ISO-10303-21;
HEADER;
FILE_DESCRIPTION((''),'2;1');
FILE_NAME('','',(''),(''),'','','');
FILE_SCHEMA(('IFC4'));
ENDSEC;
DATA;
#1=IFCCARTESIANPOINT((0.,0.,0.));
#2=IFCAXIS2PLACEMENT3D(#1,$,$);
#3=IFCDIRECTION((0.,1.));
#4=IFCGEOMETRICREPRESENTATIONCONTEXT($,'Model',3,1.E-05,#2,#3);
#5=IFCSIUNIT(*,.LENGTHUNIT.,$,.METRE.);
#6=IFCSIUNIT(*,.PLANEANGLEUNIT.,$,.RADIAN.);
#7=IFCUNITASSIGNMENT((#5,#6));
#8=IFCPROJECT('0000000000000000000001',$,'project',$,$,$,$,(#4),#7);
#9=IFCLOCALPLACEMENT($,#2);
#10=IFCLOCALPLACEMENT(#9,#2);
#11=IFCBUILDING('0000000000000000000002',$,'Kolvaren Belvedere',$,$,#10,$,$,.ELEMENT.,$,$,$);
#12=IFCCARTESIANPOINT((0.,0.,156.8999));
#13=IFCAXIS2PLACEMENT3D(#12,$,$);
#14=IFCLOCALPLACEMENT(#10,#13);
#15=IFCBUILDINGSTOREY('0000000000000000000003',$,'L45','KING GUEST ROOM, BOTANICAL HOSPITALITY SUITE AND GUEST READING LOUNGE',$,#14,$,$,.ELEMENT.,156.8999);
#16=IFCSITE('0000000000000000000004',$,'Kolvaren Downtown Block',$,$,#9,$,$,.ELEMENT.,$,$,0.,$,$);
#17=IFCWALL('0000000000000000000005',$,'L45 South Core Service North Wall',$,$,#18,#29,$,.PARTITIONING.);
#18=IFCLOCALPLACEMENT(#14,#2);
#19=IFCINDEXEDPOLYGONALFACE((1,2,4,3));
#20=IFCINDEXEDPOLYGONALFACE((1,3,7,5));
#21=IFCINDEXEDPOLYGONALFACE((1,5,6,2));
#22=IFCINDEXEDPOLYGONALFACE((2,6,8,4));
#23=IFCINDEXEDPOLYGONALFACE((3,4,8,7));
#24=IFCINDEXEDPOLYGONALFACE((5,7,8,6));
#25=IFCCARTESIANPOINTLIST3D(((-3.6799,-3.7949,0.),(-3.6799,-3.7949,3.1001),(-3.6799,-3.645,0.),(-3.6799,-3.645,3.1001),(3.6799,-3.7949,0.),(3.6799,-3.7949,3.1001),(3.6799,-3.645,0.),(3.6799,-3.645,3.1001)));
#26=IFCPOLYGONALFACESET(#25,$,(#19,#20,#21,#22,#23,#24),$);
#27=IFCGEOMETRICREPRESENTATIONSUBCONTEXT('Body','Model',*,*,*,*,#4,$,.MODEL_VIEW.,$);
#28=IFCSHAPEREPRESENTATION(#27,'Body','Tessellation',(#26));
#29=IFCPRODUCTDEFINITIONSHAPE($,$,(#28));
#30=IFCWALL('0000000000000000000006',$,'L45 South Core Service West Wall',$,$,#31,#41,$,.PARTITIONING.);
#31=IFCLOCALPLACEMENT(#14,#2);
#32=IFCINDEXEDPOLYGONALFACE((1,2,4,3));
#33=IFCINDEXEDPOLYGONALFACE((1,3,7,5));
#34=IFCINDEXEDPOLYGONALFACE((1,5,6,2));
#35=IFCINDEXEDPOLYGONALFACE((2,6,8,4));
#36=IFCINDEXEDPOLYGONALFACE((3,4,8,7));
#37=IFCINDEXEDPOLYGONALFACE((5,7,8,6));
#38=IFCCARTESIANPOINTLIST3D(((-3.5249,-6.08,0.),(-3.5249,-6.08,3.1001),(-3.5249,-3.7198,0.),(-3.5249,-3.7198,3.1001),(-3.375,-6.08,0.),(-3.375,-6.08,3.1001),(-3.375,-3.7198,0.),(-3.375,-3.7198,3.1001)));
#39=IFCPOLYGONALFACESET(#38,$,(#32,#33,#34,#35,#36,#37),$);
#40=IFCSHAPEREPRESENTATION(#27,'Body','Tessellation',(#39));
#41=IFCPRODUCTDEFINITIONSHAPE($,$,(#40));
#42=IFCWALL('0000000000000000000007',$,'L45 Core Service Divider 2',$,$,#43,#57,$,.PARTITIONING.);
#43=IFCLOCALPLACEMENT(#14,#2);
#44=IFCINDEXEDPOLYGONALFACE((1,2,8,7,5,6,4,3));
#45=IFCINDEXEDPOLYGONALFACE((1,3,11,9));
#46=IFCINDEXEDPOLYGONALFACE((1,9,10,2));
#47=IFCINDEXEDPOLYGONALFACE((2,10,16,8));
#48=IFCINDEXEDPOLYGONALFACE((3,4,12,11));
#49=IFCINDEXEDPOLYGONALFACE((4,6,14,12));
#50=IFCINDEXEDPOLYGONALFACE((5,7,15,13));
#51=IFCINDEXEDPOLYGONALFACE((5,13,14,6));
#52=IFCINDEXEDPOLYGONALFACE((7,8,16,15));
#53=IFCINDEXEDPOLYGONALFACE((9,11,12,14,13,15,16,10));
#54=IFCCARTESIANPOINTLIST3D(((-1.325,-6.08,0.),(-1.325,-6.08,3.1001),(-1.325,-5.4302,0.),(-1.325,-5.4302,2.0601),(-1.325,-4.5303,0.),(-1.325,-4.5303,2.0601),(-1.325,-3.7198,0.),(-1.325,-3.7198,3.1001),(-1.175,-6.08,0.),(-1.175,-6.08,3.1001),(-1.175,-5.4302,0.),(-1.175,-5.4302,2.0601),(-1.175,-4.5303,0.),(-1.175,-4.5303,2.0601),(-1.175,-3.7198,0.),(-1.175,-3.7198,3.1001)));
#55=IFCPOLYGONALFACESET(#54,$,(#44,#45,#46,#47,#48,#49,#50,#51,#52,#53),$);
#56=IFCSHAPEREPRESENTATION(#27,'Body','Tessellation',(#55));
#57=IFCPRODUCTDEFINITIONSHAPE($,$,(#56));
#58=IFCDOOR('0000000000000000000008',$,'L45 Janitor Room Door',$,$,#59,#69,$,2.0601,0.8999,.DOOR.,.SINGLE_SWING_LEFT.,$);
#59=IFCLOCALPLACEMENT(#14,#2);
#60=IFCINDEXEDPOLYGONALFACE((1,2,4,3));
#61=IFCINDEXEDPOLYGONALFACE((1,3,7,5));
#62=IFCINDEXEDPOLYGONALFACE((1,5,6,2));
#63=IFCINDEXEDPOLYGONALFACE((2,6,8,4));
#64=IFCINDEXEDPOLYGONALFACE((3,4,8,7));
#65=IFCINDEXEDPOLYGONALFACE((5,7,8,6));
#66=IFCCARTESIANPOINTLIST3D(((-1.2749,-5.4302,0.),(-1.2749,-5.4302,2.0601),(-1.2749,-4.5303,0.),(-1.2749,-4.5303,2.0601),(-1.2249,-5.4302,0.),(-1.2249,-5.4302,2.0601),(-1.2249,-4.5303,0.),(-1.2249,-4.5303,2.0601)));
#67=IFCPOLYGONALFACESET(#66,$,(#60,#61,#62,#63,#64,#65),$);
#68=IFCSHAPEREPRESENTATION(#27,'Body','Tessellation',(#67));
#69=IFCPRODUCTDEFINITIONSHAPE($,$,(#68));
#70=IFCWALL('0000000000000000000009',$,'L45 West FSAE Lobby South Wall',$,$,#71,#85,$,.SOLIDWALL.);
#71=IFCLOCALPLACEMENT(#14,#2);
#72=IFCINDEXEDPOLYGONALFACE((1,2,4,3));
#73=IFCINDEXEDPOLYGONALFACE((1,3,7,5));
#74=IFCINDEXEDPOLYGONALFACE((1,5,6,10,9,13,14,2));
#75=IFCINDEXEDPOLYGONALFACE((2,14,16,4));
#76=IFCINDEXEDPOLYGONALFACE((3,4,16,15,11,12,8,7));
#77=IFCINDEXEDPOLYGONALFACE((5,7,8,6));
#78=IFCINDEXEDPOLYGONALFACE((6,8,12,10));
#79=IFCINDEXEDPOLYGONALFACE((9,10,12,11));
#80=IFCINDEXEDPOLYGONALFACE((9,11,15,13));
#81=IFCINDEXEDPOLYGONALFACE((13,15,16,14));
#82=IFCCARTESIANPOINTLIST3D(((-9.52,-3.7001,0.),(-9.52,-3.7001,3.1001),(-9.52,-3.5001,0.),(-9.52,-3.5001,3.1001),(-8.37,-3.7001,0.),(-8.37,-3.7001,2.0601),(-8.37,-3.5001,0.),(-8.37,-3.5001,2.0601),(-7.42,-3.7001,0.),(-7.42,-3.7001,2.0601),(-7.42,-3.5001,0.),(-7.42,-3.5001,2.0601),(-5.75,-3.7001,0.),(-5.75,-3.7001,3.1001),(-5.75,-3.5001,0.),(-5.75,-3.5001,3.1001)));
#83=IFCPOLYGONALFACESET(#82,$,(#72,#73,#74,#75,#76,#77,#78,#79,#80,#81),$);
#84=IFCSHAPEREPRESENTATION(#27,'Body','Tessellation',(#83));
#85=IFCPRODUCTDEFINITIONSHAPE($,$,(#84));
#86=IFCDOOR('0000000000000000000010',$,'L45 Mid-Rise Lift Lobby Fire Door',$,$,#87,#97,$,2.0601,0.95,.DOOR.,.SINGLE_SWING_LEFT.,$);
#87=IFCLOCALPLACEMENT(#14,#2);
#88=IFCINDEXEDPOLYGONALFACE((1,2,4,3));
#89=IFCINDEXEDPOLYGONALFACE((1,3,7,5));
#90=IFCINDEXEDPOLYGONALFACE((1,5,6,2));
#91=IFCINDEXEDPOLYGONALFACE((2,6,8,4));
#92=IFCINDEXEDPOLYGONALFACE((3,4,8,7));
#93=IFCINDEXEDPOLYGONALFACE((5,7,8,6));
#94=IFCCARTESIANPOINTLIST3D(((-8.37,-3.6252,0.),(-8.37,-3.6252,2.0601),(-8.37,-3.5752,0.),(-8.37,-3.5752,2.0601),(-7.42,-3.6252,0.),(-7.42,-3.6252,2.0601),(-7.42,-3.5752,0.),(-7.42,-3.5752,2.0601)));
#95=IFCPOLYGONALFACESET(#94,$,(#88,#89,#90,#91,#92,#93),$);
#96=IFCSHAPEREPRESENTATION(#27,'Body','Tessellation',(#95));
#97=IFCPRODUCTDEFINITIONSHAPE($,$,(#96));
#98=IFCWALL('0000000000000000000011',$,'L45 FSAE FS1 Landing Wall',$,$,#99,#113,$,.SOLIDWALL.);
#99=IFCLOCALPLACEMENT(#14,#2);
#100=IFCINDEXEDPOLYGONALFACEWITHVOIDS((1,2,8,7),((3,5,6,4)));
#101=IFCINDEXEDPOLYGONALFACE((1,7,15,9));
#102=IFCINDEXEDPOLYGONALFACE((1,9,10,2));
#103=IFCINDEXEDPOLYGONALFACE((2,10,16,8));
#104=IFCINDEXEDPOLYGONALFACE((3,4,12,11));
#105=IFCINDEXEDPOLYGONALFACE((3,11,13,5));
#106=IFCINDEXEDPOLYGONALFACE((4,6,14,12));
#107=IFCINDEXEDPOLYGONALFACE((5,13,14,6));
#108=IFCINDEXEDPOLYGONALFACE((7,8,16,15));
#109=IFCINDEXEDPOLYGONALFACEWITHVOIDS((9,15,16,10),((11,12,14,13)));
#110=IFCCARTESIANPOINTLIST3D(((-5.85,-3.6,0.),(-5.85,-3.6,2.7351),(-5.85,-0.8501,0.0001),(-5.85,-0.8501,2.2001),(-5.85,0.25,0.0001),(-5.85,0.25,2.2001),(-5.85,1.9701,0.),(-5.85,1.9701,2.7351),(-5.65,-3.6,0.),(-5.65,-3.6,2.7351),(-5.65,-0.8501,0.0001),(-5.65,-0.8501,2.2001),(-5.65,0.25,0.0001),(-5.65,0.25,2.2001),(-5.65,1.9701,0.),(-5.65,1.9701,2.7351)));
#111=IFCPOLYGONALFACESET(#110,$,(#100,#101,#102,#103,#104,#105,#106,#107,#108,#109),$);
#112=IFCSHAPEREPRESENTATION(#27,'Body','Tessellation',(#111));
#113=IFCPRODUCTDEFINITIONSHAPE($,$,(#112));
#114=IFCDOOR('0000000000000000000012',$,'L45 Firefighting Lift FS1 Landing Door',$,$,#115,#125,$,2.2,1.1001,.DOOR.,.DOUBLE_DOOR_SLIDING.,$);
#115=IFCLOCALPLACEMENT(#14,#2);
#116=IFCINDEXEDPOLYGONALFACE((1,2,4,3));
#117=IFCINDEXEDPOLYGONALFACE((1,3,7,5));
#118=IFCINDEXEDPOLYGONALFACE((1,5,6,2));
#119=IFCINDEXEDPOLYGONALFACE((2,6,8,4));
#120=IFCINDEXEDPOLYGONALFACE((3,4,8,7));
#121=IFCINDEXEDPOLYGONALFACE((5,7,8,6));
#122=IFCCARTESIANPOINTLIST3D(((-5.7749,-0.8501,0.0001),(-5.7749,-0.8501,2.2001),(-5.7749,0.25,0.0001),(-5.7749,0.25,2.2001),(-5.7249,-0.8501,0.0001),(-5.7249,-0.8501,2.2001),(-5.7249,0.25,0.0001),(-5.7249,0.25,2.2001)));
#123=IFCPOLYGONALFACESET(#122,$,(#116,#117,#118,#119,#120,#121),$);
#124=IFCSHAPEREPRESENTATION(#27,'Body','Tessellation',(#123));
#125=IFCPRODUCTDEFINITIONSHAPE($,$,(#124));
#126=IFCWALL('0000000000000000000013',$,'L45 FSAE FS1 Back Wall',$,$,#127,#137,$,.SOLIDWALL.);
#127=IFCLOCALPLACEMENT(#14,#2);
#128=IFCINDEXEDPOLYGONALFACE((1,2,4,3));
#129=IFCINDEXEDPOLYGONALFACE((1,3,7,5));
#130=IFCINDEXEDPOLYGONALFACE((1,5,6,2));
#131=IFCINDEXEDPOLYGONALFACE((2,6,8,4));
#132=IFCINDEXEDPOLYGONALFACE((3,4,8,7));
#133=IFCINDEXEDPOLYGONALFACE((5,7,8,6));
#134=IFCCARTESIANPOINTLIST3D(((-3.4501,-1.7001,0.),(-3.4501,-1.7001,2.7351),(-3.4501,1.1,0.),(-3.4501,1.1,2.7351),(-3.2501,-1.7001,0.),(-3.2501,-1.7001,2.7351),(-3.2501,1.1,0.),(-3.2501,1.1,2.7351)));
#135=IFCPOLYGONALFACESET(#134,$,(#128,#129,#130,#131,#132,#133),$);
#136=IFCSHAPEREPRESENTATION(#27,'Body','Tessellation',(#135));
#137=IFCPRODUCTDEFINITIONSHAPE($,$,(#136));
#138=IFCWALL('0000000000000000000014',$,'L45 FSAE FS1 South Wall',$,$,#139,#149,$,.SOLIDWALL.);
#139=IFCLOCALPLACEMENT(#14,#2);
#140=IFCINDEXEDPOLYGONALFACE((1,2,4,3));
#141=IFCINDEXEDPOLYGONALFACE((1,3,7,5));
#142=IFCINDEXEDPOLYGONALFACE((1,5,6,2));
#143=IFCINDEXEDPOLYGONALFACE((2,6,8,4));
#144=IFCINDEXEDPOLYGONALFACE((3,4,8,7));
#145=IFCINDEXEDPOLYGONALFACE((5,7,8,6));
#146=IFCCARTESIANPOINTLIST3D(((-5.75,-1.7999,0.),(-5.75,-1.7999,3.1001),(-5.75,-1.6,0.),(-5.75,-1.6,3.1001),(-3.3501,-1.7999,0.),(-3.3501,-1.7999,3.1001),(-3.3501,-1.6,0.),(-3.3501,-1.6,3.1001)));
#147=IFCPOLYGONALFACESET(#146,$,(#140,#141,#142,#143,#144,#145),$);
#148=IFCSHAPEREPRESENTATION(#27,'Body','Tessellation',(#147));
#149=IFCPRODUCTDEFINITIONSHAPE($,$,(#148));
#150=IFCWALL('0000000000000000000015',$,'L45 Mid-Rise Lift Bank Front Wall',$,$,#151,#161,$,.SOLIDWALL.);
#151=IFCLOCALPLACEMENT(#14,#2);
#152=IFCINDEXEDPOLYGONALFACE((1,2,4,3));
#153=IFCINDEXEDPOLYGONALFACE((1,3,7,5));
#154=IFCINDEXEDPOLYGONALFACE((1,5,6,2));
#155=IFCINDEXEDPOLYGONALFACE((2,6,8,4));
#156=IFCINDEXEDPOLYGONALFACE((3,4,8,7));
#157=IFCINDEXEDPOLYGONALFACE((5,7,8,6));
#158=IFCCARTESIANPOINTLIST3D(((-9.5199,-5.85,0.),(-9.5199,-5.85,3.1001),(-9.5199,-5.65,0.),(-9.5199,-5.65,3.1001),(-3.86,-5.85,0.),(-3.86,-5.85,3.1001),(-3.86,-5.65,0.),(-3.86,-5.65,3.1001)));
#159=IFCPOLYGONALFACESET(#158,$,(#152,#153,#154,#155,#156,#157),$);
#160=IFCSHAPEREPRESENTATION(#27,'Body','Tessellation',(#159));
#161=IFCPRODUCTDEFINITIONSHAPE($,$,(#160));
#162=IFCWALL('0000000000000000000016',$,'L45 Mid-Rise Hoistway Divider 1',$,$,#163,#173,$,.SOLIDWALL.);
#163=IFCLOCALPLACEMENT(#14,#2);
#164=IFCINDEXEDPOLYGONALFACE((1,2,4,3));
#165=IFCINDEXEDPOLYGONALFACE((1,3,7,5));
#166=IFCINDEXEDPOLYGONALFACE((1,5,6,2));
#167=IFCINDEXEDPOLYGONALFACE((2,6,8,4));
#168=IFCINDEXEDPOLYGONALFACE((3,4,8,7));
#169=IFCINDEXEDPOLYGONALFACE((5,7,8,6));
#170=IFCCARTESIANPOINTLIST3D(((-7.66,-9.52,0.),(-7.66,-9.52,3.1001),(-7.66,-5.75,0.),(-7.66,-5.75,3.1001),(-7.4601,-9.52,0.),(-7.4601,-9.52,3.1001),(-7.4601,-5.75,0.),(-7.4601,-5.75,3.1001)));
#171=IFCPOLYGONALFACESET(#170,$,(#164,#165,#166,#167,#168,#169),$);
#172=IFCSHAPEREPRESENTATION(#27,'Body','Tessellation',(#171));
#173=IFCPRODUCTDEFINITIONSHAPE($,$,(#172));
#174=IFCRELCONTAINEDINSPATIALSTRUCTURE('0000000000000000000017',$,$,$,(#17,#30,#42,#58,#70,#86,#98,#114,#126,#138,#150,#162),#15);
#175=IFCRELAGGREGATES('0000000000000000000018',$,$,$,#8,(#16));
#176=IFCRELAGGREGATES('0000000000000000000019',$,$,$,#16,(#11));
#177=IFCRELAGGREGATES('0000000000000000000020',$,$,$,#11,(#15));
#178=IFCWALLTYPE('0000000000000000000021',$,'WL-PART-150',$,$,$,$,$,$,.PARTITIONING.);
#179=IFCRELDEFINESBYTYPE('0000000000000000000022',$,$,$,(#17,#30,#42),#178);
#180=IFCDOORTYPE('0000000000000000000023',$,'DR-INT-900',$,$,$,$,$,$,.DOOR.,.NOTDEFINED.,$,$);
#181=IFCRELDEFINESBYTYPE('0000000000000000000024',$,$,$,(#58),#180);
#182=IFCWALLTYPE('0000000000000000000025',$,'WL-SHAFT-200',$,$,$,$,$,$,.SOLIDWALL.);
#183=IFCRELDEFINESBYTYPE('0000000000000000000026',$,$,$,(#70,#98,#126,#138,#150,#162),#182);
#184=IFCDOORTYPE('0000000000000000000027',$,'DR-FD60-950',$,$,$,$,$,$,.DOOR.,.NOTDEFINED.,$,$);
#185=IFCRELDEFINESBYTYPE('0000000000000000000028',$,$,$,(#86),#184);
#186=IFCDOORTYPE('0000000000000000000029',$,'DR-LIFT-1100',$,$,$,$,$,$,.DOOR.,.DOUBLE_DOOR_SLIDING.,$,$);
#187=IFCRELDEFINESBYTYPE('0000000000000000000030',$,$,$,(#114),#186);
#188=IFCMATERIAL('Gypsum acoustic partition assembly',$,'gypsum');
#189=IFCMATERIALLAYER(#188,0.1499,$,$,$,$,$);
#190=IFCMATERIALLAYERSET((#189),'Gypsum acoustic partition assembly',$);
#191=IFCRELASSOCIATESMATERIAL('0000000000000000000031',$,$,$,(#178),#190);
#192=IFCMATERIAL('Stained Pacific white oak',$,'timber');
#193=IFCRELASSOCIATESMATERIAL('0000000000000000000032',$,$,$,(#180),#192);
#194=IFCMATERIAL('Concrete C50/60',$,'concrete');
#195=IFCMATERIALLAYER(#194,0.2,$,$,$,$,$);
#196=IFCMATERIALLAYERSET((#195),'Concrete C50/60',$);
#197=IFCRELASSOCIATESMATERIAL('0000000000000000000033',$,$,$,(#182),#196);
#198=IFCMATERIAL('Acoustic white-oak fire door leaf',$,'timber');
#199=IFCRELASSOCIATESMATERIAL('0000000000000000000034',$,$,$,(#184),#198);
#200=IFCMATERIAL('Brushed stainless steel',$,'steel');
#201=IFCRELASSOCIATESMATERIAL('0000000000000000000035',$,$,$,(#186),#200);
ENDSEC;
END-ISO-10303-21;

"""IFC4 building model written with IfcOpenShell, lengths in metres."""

from ifc_helpers import new_model, si_unit, direction, frame, frame_2d, origin, place, context, subcontext, project, spatial, rectangle, extrude, material, layer, layer_set, type_object, element, fill, save


model = new_model("IFC4")

# Units and contexts
model_context = context("Model", 3, precision=1e-05, world=origin(), true_north=direction((0.0, 1.0)))
body_context = subcontext(model_context, "Body", "Model", "MODEL_VIEW")
ifc_project = project(units=[si_unit("LENGTHUNIT", "METRE"), si_unit("PLANEANGLEUNIT", "RADIAN")], contexts=[model_context])

# Site, building, storey
site_placement = place(None, origin())
site = spatial("IfcSite", under=ifc_project, at=site_placement, Name="Kolvaren Downtown Block", CompositionType="ELEMENT", RefElevation=0.0)
building_placement = place(site_placement, origin())
building = spatial("IfcBuilding", under=site, at=building_placement, Name="Kolvaren Belvedere", CompositionType="ELEMENT")
storey_placement = place(building_placement, frame((0.0, 0.0, 156.8999)))
storey = spatial("IfcBuildingStorey", under=building, at=storey_placement, Name="L45", Description="KING GUEST ROOM, BOTANICAL HOSPITALITY SUITE AND GUEST READING LOUNGE", CompositionType="ELEMENT", Elevation=156.8999)

# Walls
ifc_material_1 = material(Name="Gypsum acoustic partition assembly", Category="gypsum")
ifc_layer_1 = layer(ifc_material_1, 0.1499)
ifc_layer_set_1 = layer_set([ifc_layer_1], Name="Gypsum acoustic partition assembly")
wall_type_1 = type_object("IfcWallType", Name="WL-PART-150", PredefinedType="PARTITIONING", material=ifc_layer_set_1)
wall_1_placement = place(storey_placement, frame((-3.6799, -3.72, 0.0), z_axis=(0.0, 0.0, 1.0), x_axis=(1.0, 0.0, 0.0)))
element("IfcWall", 1, at=wall_1_placement, inside=storey, type_object=wall_type_1, Name="L45 South Core Service North Wall", PredefinedType="PARTITIONING", context=body_context, shape_type="SweptSolid", body=[
    extrude(rectangle(XDim=7.3599, YDim=0.1499, at=frame_2d((3.6799, 0.0))), origin(), (0.0, 0.0, 1.0), 3.1001),
])
wall_2_placement = place(storey_placement, frame((-3.45, -6.0801, 0.0), z_axis=(0.0, 0.0, 1.0), x_axis=(0.0, 1.0, 0.0)))
element("IfcWall", 2, at=wall_2_placement, inside=storey, type_object=wall_type_1, Name="L45 South Core Service West Wall", PredefinedType="PARTITIONING", context=body_context, shape_type="SweptSolid", body=[
    extrude(rectangle(XDim=2.3601, YDim=0.1499, at=frame_2d((1.1802, 0.0))), origin(), (0.0, 0.0, 1.0), 3.1001),
])

# Walls, openings, doors
wall_3_placement = place(storey_placement, frame((-1.25, -6.0801, 0.0), z_axis=(0.0, 0.0, 1.0), x_axis=(0.0, 1.0, 0.0)))
wall_3 = element("IfcWall", 3, at=wall_3_placement, inside=storey, type_object=wall_type_1, Name="L45 Core Service Divider 2", PredefinedType="PARTITIONING", context=body_context, shape_type="SweptSolid", body=[
    extrude(rectangle(XDim=2.3601, YDim=0.1499, at=frame_2d((1.1802, 0.0))), origin(), (0.0, 0.0, 1.0), 3.1001),
])
opening_1_placement = place(wall_3_placement, frame((0.6499, 0.0, 0.0)))
opening_1 = element("IfcOpeningElement", 4, at=opening_1_placement, cuts=wall_3, PredefinedType="OPENING", context=body_context, shape_type="SweptSolid", body=[
    extrude(rectangle(XDim=0.8999, YDim=2.0601, at=frame_2d((0.45, 1.03))), frame((0.0, 0.085, 0.0), z_axis=(0.0, -1.0, 0.0), x_axis=(1.0, 0.0, 0.0)), (0.0, 0.0, 1.0), 0.1699),
])
ifc_material_2 = material(Name="Stained Pacific white oak", Category="timber")
door_type_1 = type_object("IfcDoorType", Name="DR-INT-900", OperationType="NOTDEFINED", PredefinedType="DOOR", material=ifc_material_2)
door_1_placement = place(opening_1_placement, origin())
door_1 = element("IfcDoor", 5, at=door_1_placement, inside=storey, type_object=door_type_1, Name="L45 Janitor Room Door", OperationType="SINGLE_SWING_LEFT", OverallHeight=2.0601, OverallWidth=0.8999, PredefinedType="DOOR", context=body_context, shape_type="SweptSolid", body=[
    extrude(rectangle(XDim=0.8999, YDim=2.0601, at=frame_2d((0.45, 1.03))), frame((0.0, 0.0249, 0.0), z_axis=(0.0, -1.0, 0.0), x_axis=(1.0, 0.0, 0.0)), (0.0, 0.0, 1.0), 0.05),
])
fill(opening_1, door_1)
ifc_material_3 = material(Name="Concrete C50/60", Category="concrete")
ifc_layer_2 = layer(ifc_material_3, 0.2)
ifc_layer_set_2 = layer_set([ifc_layer_2], Name="Concrete C50/60")
wall_type_2 = type_object("IfcWallType", Name="WL-SHAFT-200", PredefinedType="SOLIDWALL", material=ifc_layer_set_2)
wall_4_placement = place(storey_placement, frame((-9.52, -3.6001, 0.0), z_axis=(0.0, 0.0, 1.0), x_axis=(1.0, 0.0, 0.0)))
wall_4 = element("IfcWall", 6, at=wall_4_placement, inside=storey, type_object=wall_type_2, Name="L45 West FSAE Lobby South Wall", PredefinedType="SOLIDWALL", context=body_context, shape_type="SweptSolid", body=[
    extrude(rectangle(XDim=3.77, YDim=0.2, at=frame_2d((1.885, 0.0))), origin(), (0.0, 0.0, 1.0), 3.1001),
])
opening_2_placement = place(wall_4_placement, frame((1.1499, 0.0, 0.0)))
opening_2 = element("IfcOpeningElement", 7, at=opening_2_placement, cuts=wall_4, PredefinedType="OPENING", context=body_context, shape_type="SweptSolid", body=[
    extrude(rectangle(XDim=0.95, YDim=2.0601, at=frame_2d((0.4751, 1.03))), frame((0.0, 0.1099, 0.0), z_axis=(0.0, -1.0, 0.0), x_axis=(1.0, 0.0, 0.0)), (0.0, 0.0, 1.0), 0.22),
])
ifc_material_4 = material(Name="Acoustic white-oak fire door leaf", Category="timber")
door_type_2 = type_object("IfcDoorType", Name="DR-FD60-950", OperationType="NOTDEFINED", PredefinedType="DOOR", material=ifc_material_4)
door_2_placement = place(opening_2_placement, origin())
door_2 = element("IfcDoor", 8, at=door_2_placement, inside=storey, type_object=door_type_2, Name="L45 Mid-Rise Lift Lobby Fire Door", OperationType="SINGLE_SWING_LEFT", OverallHeight=2.0601, OverallWidth=0.95, PredefinedType="DOOR", context=body_context, shape_type="SweptSolid", body=[
    extrude(rectangle(XDim=0.95, YDim=2.0601, at=frame_2d((0.4751, 1.03))), frame((0.0, 0.0249, 0.0), z_axis=(0.0, -1.0, 0.0), x_axis=(1.0, 0.0, 0.0)), (0.0, 0.0, 1.0), 0.05),
])
fill(opening_2, door_2)
wall_5_placement = place(storey_placement, frame((-5.75, -3.6001, 0.0), z_axis=(0.0, 0.0, 1.0), x_axis=(0.0, 1.0, 0.0)))
wall_5 = element("IfcWall", 9, at=wall_5_placement, inside=storey, type_object=wall_type_2, Name="L45 FSAE FS1 Landing Wall", PredefinedType="SOLIDWALL", context=body_context, shape_type="SweptSolid", body=[
    extrude(rectangle(XDim=5.5701, YDim=0.2, at=frame_2d((2.7852, 0.0))), origin(), (0.0, 0.0, 1.0), 2.7351),
])
opening_3_placement = place(wall_5_placement, frame((2.75, 0.0, 0.0)))
opening_3 = element("IfcOpeningElement", 10, at=opening_3_placement, cuts=wall_5, PredefinedType="OPENING", context=body_context, shape_type="SweptSolid", body=[
    extrude(rectangle(XDim=1.1001, YDim=2.2, at=frame_2d((0.55, 1.1001))), frame((0.0, 0.1099, 0.0), z_axis=(0.0, -1.0, 0.0), x_axis=(1.0, 0.0, 0.0)), (0.0, 0.0, 1.0), 0.22),
])
ifc_material_5 = material(Name="Brushed stainless steel", Category="steel")
door_type_3 = type_object("IfcDoorType", Name="DR-LIFT-1100", OperationType="DOUBLE_DOOR_SLIDING", PredefinedType="DOOR", material=ifc_material_5)
door_3_placement = place(opening_3_placement, origin())
door_3 = element("IfcDoor", 11, at=door_3_placement, inside=storey, type_object=door_type_3, Name="L45 Firefighting Lift FS1 Landing Door", OperationType="DOUBLE_DOOR_SLIDING", OverallHeight=2.2, OverallWidth=1.1001, PredefinedType="DOOR", context=body_context, shape_type="SweptSolid", body=[
    extrude(rectangle(XDim=1.1001, YDim=2.2, at=frame_2d((0.55, 1.1001))), frame((0.0, 0.0249, 0.0), z_axis=(0.0, -1.0, 0.0), x_axis=(1.0, 0.0, 0.0)), (0.0, 0.0, 1.0), 0.05),
])
fill(opening_3, door_3)

# Walls
wall_6_placement = place(storey_placement, frame((-3.3501, -1.7, 0.0), z_axis=(0.0, 0.0, 1.0), x_axis=(0.0, 1.0, 0.0)))
element("IfcWall", 12, at=wall_6_placement, inside=storey, type_object=wall_type_2, Name="L45 FSAE FS1 Back Wall", PredefinedType="SOLIDWALL", context=body_context, shape_type="SweptSolid", body=[
    extrude(rectangle(XDim=2.8, YDim=0.2, at=frame_2d((1.3999, 0.0))), origin(), (0.0, 0.0, 1.0), 2.7351),
])
wall_7_placement = place(storey_placement, frame((-5.75, -1.7, 0.0), z_axis=(0.0, 0.0, 1.0), x_axis=(1.0, 0.0, 0.0)))
element("IfcWall", 13, at=wall_7_placement, inside=storey, type_object=wall_type_2, Name="L45 FSAE FS1 South Wall", PredefinedType="SOLIDWALL", context=body_context, shape_type="SweptSolid", body=[
    extrude(rectangle(XDim=2.3999, YDim=0.2, at=frame_2d((1.2, 0.0))), origin(), (0.0, 0.0, 1.0), 3.1001),
])
wall_8_placement = place(storey_placement, frame((-9.52, -5.75, 0.0), z_axis=(0.0, 0.0, 1.0), x_axis=(1.0, 0.0, 0.0)))
element("IfcWall", 14, at=wall_8_placement, inside=storey, type_object=wall_type_2, Name="L45 Mid-Rise Lift Bank Front Wall", PredefinedType="SOLIDWALL", context=body_context, shape_type="SweptSolid", body=[
    extrude(rectangle(XDim=5.6599, YDim=0.2, at=frame_2d((2.8301, 0.0))), origin(), (0.0, 0.0, 1.0), 3.1001),
])
for number, where, z_axis, x_axis, name in (
    (15, (-7.5601, -9.52, 0.0), (0.0, 0.0, 1.0), (0.0, 1.0, 0.0), "L45 Mid-Rise Hoistway Divider 1"),
):
    element("IfcWall", number, at=place(storey_placement, frame(where, z_axis=z_axis, x_axis=x_axis)), inside=storey, type_object=wall_type_2, Name=name, PredefinedType="SOLIDWALL", context=body_context, shape_type="SweptSolid", body=[
        extrude(rectangle(XDim=3.77, YDim=0.2, at=frame_2d((1.885, 0.0))), origin(), (0.0, 0.0, 1.0), 3.1001),
    ])

save(model, "model.ifc")
